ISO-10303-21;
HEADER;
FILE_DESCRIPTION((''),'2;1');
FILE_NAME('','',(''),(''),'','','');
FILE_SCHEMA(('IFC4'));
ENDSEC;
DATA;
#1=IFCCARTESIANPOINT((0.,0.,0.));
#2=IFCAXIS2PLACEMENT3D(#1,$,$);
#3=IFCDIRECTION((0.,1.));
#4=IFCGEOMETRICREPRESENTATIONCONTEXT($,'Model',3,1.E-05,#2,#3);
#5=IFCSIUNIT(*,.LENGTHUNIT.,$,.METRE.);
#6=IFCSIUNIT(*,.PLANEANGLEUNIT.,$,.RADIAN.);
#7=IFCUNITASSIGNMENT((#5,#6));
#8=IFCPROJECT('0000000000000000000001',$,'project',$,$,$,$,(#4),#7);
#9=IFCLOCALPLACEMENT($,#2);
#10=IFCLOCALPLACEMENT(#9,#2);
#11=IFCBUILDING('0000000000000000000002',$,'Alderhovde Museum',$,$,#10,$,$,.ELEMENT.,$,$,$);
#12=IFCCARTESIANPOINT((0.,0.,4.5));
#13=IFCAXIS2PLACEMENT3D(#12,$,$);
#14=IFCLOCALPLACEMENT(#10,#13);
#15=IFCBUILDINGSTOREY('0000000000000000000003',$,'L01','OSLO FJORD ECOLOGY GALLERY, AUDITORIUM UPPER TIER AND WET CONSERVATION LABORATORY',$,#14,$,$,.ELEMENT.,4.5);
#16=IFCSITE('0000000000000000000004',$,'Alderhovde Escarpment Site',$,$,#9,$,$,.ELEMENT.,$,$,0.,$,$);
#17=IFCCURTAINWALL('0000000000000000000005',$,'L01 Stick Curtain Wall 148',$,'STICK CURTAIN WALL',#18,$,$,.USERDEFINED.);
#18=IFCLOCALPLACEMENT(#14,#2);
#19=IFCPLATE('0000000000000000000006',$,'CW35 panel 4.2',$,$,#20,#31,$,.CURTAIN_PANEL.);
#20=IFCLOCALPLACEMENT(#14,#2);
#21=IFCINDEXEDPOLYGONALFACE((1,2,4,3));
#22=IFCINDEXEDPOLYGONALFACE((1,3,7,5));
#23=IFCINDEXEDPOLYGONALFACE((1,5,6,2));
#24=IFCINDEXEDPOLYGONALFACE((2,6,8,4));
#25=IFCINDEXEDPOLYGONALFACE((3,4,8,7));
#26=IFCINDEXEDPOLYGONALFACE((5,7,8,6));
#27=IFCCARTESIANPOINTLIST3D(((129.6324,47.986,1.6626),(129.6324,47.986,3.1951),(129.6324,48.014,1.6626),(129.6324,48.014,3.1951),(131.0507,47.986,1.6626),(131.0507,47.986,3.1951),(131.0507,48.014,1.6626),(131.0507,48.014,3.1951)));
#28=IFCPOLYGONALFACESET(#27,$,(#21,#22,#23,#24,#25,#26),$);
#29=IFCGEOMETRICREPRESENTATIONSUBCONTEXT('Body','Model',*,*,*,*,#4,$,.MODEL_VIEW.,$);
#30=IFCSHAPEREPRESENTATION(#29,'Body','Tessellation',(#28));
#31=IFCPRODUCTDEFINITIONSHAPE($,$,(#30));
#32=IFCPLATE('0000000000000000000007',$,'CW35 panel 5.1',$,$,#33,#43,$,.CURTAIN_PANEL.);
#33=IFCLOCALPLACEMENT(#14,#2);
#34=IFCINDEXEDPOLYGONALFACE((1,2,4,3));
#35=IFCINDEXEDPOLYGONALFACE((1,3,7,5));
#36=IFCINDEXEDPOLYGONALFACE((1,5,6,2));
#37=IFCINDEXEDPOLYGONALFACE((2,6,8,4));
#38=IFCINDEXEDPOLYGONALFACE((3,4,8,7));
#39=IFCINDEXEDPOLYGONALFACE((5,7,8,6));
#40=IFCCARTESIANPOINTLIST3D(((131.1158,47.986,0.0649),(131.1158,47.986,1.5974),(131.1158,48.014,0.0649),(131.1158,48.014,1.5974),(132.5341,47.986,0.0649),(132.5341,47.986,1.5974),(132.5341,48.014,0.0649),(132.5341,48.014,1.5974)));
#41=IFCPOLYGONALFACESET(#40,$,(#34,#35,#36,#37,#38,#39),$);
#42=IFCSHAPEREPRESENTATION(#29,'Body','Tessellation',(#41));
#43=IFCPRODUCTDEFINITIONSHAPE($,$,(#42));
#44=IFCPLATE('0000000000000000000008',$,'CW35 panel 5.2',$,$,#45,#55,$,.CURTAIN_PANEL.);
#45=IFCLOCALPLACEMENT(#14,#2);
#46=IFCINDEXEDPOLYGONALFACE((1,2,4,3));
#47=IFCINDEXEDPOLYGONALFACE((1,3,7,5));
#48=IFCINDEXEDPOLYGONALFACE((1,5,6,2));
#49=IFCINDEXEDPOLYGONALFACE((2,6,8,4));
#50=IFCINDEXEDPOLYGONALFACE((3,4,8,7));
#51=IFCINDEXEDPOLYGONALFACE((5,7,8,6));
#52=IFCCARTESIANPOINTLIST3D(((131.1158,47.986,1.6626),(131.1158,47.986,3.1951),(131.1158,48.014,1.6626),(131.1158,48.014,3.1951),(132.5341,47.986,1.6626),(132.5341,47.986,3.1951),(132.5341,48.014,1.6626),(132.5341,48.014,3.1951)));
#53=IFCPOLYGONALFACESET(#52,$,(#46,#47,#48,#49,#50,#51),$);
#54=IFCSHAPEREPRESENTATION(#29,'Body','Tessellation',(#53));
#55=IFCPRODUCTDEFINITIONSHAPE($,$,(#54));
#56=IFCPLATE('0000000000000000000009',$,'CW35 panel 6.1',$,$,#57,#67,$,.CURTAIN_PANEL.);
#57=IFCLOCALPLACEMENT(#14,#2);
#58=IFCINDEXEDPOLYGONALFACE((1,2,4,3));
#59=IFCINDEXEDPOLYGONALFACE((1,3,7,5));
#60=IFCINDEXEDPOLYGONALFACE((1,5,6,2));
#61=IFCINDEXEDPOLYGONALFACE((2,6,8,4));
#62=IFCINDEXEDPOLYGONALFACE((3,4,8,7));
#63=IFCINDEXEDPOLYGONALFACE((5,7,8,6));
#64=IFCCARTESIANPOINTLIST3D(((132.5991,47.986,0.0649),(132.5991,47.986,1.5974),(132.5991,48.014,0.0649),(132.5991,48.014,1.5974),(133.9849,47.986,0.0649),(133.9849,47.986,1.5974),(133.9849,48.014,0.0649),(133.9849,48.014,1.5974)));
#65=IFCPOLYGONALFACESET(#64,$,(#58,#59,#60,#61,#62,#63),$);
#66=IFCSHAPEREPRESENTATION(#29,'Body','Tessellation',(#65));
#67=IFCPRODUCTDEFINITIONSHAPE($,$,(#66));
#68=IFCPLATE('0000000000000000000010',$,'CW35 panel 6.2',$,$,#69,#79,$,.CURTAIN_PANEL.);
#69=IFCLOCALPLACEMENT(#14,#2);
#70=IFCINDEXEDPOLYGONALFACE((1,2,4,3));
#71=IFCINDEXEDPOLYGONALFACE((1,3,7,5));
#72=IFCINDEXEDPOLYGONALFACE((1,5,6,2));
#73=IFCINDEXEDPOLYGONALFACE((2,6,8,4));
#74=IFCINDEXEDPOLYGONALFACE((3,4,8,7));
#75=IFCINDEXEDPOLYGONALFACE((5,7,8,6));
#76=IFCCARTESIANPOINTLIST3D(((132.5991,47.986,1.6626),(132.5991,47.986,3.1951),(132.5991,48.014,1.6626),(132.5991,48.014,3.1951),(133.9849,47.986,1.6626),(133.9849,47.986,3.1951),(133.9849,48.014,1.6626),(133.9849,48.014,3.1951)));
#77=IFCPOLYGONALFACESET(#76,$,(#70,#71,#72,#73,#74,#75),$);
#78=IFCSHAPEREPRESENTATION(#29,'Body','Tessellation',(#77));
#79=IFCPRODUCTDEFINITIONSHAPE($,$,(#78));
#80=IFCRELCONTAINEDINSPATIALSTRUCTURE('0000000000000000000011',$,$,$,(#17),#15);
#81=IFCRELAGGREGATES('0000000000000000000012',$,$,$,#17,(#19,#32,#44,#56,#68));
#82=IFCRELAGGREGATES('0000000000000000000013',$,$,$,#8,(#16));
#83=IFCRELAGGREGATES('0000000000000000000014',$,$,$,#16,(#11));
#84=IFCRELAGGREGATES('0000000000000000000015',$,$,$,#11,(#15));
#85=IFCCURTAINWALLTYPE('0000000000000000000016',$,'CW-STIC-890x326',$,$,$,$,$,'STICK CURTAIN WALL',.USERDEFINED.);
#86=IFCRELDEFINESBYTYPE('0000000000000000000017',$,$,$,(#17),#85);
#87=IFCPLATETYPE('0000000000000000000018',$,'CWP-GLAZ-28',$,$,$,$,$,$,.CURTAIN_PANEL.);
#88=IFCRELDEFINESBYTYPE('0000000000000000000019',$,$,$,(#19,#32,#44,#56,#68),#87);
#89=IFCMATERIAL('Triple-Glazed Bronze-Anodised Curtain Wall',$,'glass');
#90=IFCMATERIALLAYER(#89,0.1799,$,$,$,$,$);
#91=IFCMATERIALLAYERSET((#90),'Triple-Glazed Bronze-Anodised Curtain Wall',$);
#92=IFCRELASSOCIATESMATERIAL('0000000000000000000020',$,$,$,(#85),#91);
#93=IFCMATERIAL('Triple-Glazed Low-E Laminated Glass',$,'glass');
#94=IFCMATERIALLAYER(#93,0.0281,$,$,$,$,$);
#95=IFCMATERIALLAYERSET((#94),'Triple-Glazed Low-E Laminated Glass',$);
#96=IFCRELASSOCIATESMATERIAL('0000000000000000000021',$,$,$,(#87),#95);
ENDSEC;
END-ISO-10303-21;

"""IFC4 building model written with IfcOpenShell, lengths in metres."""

from ifc_helpers import new_model, si_unit, direction, frame, origin, origin_2d, place, context, subcontext, project, spatial, rectangle, extrude, material, layer, layer_set, type_object, element, aggregate, save


model = new_model("IFC4")

# Units and contexts
model_context = context("Model", 3, precision=1e-05, world=origin(), true_north=direction((0.0, 1.0)))
body_context = subcontext(model_context, "Body", "Model", "MODEL_VIEW")
ifc_project = project(units=[si_unit("LENGTHUNIT", "METRE"), si_unit("PLANEANGLEUNIT", "RADIAN")], contexts=[model_context])

# Site, building, storey
site_placement = place(None, origin())
site = spatial("IfcSite", under=ifc_project, at=site_placement, Name="Alderhovde Escarpment Site", CompositionType="ELEMENT", RefElevation=0.0)
building_placement = place(site_placement, origin())
building = spatial("IfcBuilding", under=site, at=building_placement, Name="Alderhovde Museum", CompositionType="ELEMENT")
storey_placement = place(building_placement, frame((0.0, 0.0, 4.5)))
storey = spatial("IfcBuildingStorey", under=building, at=storey_placement, Name="L01", Description="OSLO FJORD ECOLOGY GALLERY, AUDITORIUM UPPER TIER AND WET CONSERVATION LABORATORY", CompositionType="ELEMENT", Elevation=4.5)

# Curtain wall
ifc_material_1 = material(Name="Triple-Glazed Bronze-Anodised Curtain Wall", Category="glass")
ifc_layer_1 = layer(ifc_material_1, 0.1799)
ifc_layer_set_1 = layer_set([ifc_layer_1], Name="Triple-Glazed Bronze-Anodised Curtain Wall")
curtain_wall_type = type_object("IfcCurtainWallType", Name="CW-STIC-890x326", ElementType="STICK CURTAIN WALL", PredefinedType="USERDEFINED", material=ifc_layer_set_1)
curtain_wall_placement = place(storey_placement, origin())
curtain_wall = element("IfcCurtainWall", 1, at=curtain_wall_placement, inside=storey, type_object=curtain_wall_type, Name="L01 Stick Curtain Wall 148", ObjectType="STICK CURTAIN WALL", PredefinedType="USERDEFINED")

# Plates
ifc_material_2 = material(Name="Triple-Glazed Low-E Laminated Glass", Category="glass")
ifc_layer_2 = layer(ifc_material_2, 0.0281)
ifc_layer_set_2 = layer_set([ifc_layer_2], Name="Triple-Glazed Low-E Laminated Glass")
plate_type = type_object("IfcPlateType", Name="CWP-GLAZ-28", PredefinedType="CURTAIN_PANEL", material=ifc_layer_set_2)
plate_1_placement = place(storey_placement, frame((130.3416, 48.0, 1.6626), z_axis=(0.0, 0.0, 1.0), x_axis=(1.0, 0.0, 0.0)))
plate_1 = element("IfcPlate", 2, at=plate_1_placement, type_object=plate_type, Name="CW35 panel 4.2", PredefinedType="CURTAIN_PANEL", context=body_context, shape_type="SweptSolid", body=[
    extrude(rectangle(XDim=1.4182, YDim=0.0281, at=origin_2d()), origin(), (0.0, 0.0, 1.0), 1.5325),
])
plate_2_placement = place(storey_placement, frame((131.825, 48.0, 0.0649), z_axis=(0.0, 0.0, 1.0), x_axis=(1.0, 0.0, 0.0)))
plate_2 = element("IfcPlate", 3, at=plate_2_placement, type_object=plate_type, Name="CW35 panel 5.1", PredefinedType="CURTAIN_PANEL", context=body_context, shape_type="SweptSolid", body=[
    extrude(rectangle(XDim=1.4182, YDim=0.0281, at=origin_2d()), origin(), (0.0, 0.0, 1.0), 1.5325),
])
plate_3_placement = place(storey_placement, frame((131.825, 48.0, 1.6626), z_axis=(0.0, 0.0, 1.0), x_axis=(1.0, 0.0, 0.0)))
plate_3 = element("IfcPlate", 4, at=plate_3_placement, type_object=plate_type, Name="CW35 panel 5.2", PredefinedType="CURTAIN_PANEL", context=body_context, shape_type="SweptSolid", body=[
    extrude(rectangle(XDim=1.4182, YDim=0.0281, at=origin_2d()), origin(), (0.0, 0.0, 1.0), 1.5325),
])
plate_4_placement = place(storey_placement, frame((133.292, 48.0, 0.0649), z_axis=(0.0, 0.0, 1.0), x_axis=(1.0, 0.0, 0.0)))
plate_4 = element("IfcPlate", 5, at=plate_4_placement, type_object=plate_type, Name="CW35 panel 6.1", PredefinedType="CURTAIN_PANEL", context=body_context, shape_type="SweptSolid", body=[
    extrude(rectangle(XDim=1.3857, YDim=0.0281, at=origin_2d()), origin(), (0.0, 0.0, 1.0), 1.5325),
])
plate_5_placement = place(storey_placement, frame((133.292, 48.0, 1.6626), z_axis=(0.0, 0.0, 1.0), x_axis=(1.0, 0.0, 0.0)))
plate_5 = element("IfcPlate", 6, at=plate_5_placement, type_object=plate_type, Name="CW35 panel 6.2", PredefinedType="CURTAIN_PANEL", context=body_context, shape_type="SweptSolid", body=[
    extrude(rectangle(XDim=1.3857, YDim=0.0281, at=origin_2d()), origin(), (0.0, 0.0, 1.0), 1.5325),
])
aggregate(curtain_wall, [plate_1, plate_2, plate_3, plate_4, plate_5])

save(model, "model.ifc")
